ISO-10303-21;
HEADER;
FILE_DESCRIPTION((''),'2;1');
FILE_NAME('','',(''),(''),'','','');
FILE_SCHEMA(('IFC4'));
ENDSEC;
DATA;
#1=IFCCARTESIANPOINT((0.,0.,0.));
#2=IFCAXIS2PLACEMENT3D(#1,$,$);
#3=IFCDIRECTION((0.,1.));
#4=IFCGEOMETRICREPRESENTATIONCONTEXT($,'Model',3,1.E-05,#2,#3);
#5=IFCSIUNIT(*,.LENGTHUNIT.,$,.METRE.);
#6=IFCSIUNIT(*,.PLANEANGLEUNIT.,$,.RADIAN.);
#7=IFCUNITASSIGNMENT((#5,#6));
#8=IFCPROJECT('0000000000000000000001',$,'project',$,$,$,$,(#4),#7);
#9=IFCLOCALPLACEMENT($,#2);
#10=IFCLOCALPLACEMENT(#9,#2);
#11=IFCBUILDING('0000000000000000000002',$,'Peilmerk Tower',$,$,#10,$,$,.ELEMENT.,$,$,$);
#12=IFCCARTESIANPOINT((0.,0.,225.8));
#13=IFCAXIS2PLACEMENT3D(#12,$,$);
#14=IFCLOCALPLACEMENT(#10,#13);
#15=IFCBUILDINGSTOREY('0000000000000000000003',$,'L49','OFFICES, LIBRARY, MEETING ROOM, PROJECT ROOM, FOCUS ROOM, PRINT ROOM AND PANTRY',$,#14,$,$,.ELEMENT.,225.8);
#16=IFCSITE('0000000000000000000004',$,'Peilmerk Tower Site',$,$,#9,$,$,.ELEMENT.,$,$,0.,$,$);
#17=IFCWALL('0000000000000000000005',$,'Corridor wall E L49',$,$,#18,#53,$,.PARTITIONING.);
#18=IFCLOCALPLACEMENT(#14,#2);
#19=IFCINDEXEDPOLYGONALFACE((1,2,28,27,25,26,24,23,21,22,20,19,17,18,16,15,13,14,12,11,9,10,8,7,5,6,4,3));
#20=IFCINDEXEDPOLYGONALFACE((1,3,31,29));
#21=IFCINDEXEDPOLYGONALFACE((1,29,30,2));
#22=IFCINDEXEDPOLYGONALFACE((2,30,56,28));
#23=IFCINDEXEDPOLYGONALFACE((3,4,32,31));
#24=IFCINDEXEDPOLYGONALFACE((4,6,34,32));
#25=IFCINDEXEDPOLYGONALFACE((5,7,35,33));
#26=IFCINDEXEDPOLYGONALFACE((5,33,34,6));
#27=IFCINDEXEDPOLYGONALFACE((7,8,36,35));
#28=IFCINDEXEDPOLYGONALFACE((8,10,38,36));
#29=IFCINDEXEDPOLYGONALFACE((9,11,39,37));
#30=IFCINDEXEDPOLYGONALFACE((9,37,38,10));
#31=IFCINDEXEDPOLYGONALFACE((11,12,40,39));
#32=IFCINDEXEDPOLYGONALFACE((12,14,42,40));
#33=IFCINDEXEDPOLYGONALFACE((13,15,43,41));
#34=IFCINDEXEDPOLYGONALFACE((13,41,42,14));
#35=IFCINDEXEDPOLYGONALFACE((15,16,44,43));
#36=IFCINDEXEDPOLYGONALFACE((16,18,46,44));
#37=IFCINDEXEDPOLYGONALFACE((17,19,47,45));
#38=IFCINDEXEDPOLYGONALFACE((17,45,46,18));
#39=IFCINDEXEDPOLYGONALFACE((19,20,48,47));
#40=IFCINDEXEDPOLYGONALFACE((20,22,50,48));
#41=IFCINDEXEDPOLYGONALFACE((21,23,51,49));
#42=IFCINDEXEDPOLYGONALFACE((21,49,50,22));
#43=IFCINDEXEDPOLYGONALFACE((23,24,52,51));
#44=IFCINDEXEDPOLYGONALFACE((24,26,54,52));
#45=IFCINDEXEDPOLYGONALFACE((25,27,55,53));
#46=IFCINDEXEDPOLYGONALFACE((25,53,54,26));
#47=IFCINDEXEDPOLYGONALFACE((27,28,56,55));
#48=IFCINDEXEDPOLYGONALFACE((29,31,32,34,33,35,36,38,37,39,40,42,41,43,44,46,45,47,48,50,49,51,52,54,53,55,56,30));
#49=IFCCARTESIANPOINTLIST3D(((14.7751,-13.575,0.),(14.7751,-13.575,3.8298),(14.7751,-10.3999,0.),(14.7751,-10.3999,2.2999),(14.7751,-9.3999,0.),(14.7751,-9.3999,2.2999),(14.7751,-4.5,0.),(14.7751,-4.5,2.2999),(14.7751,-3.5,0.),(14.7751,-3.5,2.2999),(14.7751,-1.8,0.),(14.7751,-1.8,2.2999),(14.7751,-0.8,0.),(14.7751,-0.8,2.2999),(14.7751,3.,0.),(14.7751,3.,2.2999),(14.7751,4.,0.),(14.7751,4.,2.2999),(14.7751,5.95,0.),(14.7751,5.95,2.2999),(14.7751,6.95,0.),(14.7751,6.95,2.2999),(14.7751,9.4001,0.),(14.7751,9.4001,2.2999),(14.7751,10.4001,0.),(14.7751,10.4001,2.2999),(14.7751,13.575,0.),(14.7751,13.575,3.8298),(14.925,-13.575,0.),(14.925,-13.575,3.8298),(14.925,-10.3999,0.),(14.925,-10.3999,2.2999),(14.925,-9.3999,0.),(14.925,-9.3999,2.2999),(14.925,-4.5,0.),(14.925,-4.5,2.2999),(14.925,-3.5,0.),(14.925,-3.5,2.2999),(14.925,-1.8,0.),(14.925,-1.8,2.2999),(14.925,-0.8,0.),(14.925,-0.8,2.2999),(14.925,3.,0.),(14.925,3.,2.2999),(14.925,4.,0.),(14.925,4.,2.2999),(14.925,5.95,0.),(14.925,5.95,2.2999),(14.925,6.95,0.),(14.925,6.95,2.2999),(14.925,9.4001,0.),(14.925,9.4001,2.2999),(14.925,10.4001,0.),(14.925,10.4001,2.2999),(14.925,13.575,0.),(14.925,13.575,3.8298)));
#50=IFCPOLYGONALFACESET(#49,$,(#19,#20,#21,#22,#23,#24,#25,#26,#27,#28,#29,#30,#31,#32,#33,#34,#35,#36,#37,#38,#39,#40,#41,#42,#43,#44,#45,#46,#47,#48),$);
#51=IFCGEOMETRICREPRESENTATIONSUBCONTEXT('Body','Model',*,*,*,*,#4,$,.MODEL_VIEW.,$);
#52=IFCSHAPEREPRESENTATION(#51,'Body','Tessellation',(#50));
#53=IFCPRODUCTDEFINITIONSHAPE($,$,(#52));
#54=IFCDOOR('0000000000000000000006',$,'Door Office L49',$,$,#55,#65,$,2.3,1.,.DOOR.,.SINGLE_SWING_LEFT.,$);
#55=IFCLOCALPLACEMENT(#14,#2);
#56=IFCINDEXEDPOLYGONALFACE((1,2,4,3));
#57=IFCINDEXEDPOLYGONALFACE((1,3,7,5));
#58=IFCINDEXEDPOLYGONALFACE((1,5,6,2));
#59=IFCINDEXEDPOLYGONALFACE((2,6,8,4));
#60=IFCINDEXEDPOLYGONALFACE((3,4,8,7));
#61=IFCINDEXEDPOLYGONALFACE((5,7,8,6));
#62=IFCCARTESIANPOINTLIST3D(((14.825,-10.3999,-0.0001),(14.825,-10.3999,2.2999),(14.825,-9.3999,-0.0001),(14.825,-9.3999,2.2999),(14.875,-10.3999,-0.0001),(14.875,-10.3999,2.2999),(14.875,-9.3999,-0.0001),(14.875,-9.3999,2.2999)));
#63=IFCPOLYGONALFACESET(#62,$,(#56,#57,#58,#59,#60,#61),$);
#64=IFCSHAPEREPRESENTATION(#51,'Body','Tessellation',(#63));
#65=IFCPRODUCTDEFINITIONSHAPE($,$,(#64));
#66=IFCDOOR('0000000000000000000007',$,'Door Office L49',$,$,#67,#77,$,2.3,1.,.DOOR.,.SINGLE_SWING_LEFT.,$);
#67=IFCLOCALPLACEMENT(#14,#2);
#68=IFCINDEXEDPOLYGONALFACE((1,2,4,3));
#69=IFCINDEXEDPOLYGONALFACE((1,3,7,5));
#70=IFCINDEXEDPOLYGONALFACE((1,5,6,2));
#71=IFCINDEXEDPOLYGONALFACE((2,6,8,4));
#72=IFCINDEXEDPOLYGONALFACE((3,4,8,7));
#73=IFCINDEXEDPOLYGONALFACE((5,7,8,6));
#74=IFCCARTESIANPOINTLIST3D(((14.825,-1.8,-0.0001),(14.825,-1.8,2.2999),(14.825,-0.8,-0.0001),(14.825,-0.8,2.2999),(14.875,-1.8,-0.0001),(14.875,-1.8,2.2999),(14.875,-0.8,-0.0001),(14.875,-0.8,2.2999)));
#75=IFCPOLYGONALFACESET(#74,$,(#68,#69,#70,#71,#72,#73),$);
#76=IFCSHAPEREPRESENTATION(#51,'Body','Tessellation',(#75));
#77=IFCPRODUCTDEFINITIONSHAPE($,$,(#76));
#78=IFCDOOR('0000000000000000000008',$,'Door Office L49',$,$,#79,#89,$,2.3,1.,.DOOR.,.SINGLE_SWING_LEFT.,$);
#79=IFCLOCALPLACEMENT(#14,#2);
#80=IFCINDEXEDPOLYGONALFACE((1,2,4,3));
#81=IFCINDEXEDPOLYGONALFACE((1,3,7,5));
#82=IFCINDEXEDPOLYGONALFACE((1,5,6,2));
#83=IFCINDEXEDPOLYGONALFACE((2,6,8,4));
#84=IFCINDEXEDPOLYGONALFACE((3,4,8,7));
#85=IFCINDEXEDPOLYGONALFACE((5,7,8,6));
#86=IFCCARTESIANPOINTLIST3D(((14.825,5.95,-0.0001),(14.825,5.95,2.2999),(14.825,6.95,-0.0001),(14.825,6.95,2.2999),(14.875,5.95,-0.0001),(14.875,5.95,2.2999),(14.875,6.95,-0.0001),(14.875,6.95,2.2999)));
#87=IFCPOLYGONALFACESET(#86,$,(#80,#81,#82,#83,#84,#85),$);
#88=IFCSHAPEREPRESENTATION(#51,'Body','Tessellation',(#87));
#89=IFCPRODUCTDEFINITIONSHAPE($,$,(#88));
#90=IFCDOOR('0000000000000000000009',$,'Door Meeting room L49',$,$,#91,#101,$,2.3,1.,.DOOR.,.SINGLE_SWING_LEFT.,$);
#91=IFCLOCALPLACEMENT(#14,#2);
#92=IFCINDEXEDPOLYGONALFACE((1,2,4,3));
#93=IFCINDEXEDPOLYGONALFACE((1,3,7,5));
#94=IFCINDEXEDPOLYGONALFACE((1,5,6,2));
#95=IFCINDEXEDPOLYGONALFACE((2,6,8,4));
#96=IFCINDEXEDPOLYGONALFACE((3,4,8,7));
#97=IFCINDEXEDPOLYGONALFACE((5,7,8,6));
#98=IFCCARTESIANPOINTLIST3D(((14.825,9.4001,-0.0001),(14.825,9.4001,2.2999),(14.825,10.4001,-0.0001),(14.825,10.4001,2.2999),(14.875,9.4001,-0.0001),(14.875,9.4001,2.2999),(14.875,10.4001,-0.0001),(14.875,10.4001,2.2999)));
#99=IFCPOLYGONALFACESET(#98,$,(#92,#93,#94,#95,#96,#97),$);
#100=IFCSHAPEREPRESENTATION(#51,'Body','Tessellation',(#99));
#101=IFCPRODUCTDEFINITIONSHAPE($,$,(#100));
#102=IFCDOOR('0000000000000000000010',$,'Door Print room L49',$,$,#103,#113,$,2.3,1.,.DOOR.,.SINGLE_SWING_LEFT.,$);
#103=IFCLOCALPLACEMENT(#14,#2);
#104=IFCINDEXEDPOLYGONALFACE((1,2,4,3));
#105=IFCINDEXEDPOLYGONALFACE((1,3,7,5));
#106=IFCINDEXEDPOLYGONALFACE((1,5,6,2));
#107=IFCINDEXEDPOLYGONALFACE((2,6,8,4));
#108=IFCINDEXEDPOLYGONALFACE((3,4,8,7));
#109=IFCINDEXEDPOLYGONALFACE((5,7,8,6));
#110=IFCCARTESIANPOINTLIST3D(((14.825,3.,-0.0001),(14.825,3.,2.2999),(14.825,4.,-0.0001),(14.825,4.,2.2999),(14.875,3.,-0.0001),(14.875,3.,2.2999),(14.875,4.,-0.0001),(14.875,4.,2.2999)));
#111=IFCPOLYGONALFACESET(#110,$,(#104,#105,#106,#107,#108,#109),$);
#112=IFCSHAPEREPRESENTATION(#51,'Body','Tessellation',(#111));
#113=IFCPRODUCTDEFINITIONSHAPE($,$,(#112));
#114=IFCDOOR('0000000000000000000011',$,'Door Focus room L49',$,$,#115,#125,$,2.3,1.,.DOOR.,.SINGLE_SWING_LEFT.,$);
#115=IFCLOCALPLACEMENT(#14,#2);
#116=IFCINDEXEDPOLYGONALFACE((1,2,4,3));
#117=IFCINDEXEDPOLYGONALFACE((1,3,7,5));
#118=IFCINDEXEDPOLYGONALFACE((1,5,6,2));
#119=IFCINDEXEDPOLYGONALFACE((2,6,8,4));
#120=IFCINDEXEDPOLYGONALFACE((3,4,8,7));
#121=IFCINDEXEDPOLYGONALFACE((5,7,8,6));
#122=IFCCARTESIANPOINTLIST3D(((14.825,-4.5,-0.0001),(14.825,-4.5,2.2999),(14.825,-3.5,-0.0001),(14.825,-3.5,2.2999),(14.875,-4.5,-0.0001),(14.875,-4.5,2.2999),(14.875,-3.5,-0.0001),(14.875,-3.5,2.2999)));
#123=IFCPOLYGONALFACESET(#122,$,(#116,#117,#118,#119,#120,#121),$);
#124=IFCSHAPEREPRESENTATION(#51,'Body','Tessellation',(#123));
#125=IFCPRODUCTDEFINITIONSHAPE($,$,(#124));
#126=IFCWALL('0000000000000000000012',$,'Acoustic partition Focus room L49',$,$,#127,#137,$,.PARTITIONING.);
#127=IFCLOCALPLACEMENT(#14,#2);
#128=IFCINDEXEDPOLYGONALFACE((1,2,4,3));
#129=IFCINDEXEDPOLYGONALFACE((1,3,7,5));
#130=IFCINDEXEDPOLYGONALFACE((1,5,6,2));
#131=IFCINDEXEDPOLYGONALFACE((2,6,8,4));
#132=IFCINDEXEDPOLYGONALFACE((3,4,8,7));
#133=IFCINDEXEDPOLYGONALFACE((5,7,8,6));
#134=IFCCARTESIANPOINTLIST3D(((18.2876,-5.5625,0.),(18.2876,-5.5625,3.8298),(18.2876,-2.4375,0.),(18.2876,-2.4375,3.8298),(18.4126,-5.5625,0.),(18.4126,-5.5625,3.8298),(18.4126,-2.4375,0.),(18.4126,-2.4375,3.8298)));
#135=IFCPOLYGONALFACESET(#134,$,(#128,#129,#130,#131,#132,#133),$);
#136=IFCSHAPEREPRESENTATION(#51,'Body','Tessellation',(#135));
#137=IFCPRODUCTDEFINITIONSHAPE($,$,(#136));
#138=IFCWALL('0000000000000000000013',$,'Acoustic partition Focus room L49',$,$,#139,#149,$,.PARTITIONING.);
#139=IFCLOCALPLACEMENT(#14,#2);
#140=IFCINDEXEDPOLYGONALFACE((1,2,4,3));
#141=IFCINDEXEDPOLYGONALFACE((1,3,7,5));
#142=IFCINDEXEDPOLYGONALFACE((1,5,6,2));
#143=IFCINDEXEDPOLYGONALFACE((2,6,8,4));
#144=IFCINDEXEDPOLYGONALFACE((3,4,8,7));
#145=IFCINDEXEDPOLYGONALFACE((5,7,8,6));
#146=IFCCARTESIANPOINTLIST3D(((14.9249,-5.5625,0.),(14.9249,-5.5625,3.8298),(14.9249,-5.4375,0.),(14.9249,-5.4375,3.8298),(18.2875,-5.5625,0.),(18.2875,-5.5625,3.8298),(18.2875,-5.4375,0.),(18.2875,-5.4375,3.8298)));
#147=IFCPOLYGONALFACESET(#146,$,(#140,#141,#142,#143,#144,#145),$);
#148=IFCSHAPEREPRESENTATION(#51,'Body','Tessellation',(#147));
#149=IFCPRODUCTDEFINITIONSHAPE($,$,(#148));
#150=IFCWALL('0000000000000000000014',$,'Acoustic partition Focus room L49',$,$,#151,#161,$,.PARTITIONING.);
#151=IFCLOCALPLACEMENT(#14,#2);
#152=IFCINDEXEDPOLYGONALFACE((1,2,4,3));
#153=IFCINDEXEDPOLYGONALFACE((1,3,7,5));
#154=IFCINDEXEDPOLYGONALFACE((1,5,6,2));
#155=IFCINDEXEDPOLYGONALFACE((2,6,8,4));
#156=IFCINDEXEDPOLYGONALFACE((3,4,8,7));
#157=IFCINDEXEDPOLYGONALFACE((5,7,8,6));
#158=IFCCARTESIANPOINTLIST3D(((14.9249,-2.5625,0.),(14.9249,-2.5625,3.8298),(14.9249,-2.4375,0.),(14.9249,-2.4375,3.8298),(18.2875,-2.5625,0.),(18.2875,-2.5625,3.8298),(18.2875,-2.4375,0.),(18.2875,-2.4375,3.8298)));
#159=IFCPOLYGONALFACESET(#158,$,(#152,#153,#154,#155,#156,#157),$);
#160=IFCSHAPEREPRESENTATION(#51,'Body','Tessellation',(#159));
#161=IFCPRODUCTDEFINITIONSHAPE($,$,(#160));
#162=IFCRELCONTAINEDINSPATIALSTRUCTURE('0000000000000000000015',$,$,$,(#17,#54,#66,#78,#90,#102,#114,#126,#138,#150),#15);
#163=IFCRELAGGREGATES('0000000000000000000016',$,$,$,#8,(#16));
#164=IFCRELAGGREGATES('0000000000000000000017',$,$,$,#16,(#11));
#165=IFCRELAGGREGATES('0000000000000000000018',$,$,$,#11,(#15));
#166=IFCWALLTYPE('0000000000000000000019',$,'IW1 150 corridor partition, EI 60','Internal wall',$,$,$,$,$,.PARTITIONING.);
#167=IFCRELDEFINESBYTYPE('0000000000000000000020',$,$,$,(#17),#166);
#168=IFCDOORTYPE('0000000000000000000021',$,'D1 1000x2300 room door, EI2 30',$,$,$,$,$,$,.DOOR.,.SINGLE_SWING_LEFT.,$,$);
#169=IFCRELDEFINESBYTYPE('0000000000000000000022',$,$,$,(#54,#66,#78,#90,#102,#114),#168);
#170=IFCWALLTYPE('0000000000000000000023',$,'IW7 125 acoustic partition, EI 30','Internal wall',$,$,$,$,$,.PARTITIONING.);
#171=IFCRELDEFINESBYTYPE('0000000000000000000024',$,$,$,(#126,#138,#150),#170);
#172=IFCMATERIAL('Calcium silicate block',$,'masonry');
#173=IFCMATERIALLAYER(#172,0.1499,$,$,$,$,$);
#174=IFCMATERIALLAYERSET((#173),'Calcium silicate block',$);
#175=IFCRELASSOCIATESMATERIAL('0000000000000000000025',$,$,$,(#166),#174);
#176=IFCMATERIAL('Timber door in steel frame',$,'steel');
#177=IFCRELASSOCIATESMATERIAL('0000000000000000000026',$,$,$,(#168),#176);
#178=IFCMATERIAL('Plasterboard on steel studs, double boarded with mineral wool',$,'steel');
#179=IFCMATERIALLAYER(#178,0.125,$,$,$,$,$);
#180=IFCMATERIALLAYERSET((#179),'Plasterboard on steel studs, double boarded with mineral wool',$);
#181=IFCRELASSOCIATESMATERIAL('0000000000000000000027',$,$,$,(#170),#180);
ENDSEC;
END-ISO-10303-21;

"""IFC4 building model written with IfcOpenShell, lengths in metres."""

from ifc_helpers import new_model, si_unit, direction, frame, frame_2d, origin, place, context, subcontext, project, spatial, rectangle, extrude, material, layer, layer_set, type_object, element, fill, save


model = new_model("IFC4")

# Units and contexts
model_context = context("Model", 3, precision=1e-05, world=origin(), true_north=direction((0.0, 1.0)))
body_context = subcontext(model_context, "Body", "Model", "MODEL_VIEW")
ifc_project = project(units=[si_unit("LENGTHUNIT", "METRE"), si_unit("PLANEANGLEUNIT", "RADIAN")], contexts=[model_context])

# Site, building, storey
site_placement = place(None, origin())
site = spatial("IfcSite", under=ifc_project, at=site_placement, Name="Peilmerk Tower Site", CompositionType="ELEMENT", RefElevation=0.0)
building_placement = place(site_placement, origin())
building = spatial("IfcBuilding", under=site, at=building_placement, Name="Peilmerk Tower", CompositionType="ELEMENT")
storey_placement = place(building_placement, frame((0.0, 0.0, 225.8)))
storey = spatial("IfcBuildingStorey", under=building, at=storey_placement, Name="L49", Description="OFFICES, LIBRARY, MEETING ROOM, PROJECT ROOM, FOCUS ROOM, PRINT ROOM AND PANTRY", CompositionType="ELEMENT", Elevation=225.8)

# Wall, openings, doors
ifc_material_1 = material(Name="Calcium silicate block", Category="masonry")
ifc_layer_1 = layer(ifc_material_1, 0.1499)
ifc_layer_set_1 = layer_set([ifc_layer_1], Name="Calcium silicate block")
wall_type_1 = type_object("IfcWallType", Name="IW1 150 corridor partition, EI 60", Description="Internal wall", PredefinedType="PARTITIONING", material=ifc_layer_set_1)
wall_1_placement = place(storey_placement, frame((14.8501, -13.575, 0.0), z_axis=(0.0, 0.0, 1.0), x_axis=(0.0, 1.0, 0.0)))
wall_1 = element("IfcWall", 1, at=wall_1_placement, inside=storey, type_object=wall_type_1, Name="Corridor wall E L49", PredefinedType="PARTITIONING", context=body_context, shape_type="SweptSolid", body=[
    extrude(rectangle(XDim=27.1499, YDim=0.1499, at=frame_2d((13.575, 0.0))), origin(), (0.0, 0.0, 1.0), 3.8298),
])
opening_1_placement = place(wall_1_placement, frame((3.175, 0.0, 0.0)))
opening_1 = element("IfcOpeningElement", 2, at=opening_1_placement, cuts=wall_1, PredefinedType="OPENING", context=body_context, shape_type="SweptSolid", body=[
    extrude(rectangle(XDim=1.0, YDim=2.3, at=frame_2d((0.5, 1.1499))), frame((0.0, 0.085, 0.0), z_axis=(0.0, -1.0, 0.0), x_axis=(1.0, 0.0, 0.0)), (0.0, 0.0, 1.0), 0.1699),
])
opening_2_placement = place(wall_1_placement, frame((11.7749, 0.0, 0.0)))
opening_2 = element("IfcOpeningElement", 3, at=opening_2_placement, cuts=wall_1, PredefinedType="OPENING", context=body_context, shape_type="SweptSolid", body=[
    extrude(rectangle(XDim=1.0, YDim=2.3, at=frame_2d((0.5, 1.1499))), frame((0.0, 0.085, 0.0), z_axis=(0.0, -1.0, 0.0), x_axis=(1.0, 0.0, 0.0)), (0.0, 0.0, 1.0), 0.1699),
])
opening_3_placement = place(wall_1_placement, frame((19.5249, 0.0, 0.0)))
opening_3 = element("IfcOpeningElement", 4, at=opening_3_placement, cuts=wall_1, PredefinedType="OPENING", context=body_context, shape_type="SweptSolid", body=[
    extrude(rectangle(XDim=1.0, YDim=2.3, at=frame_2d((0.5, 1.1499))), frame((0.0, 0.085, 0.0), z_axis=(0.0, -1.0, 0.0), x_axis=(1.0, 0.0, 0.0)), (0.0, 0.0, 1.0), 0.1699),
])
opening_4_placement = place(wall_1_placement, frame((22.9751, 0.0, 0.0)))
opening_4 = element("IfcOpeningElement", 5, at=opening_4_placement, cuts=wall_1, PredefinedType="OPENING", context=body_context, shape_type="SweptSolid", body=[
    extrude(rectangle(XDim=1.0, YDim=2.3, at=frame_2d((0.5, 1.1499))), frame((0.0, 0.085, 0.0), z_axis=(0.0, -1.0, 0.0), x_axis=(1.0, 0.0, 0.0)), (0.0, 0.0, 1.0), 0.1699),
])
opening_5_placement = place(wall_1_placement, frame((16.575, 0.0, 0.0)))
opening_5 = element("IfcOpeningElement", 6, at=opening_5_placement, cuts=wall_1, PredefinedType="OPENING", context=body_context, shape_type="SweptSolid", body=[
    extrude(rectangle(XDim=1.0, YDim=2.3, at=frame_2d((0.5, 1.1499))), frame((0.0, 0.085, 0.0), z_axis=(0.0, -1.0, 0.0), x_axis=(1.0, 0.0, 0.0)), (0.0, 0.0, 1.0), 0.1699),
])
opening_6_placement = place(wall_1_placement, frame((9.075, 0.0, 0.0)))
opening_6 = element("IfcOpeningElement", 7, at=opening_6_placement, cuts=wall_1, PredefinedType="OPENING", context=body_context, shape_type="SweptSolid", body=[
    extrude(rectangle(XDim=1.0, YDim=2.3, at=frame_2d((0.5, 1.1499))), frame((0.0, 0.085, 0.0), z_axis=(0.0, -1.0, 0.0), x_axis=(1.0, 0.0, 0.0)), (0.0, 0.0, 1.0), 0.1699),
])
ifc_material_2 = material(Name="Timber door in steel frame", Category="steel")
door_type = type_object("IfcDoorType", Name="D1 1000x2300 room door, EI2 30", OperationType="SINGLE_SWING_LEFT", PredefinedType="DOOR", material=ifc_material_2)
door_1_placement = place(opening_1_placement, frame((1.0, 0.0, 0.0), z_axis=(0.0, 0.0, 1.0), x_axis=(-1.0, 0.0, 0.0)))
door_1 = element("IfcDoor", 8, at=door_1_placement, inside=storey, type_object=door_type, Name="Door Office L49", OperationType="SINGLE_SWING_LEFT", OverallHeight=2.3, OverallWidth=1.0, PredefinedType="DOOR", context=body_context, shape_type="SweptSolid", body=[
    extrude(rectangle(XDim=1.0, YDim=2.3, at=frame_2d((0.5, 1.1499))), frame((0.0, 0.0249, 0.0), z_axis=(0.0, -1.0, 0.0), x_axis=(1.0, 0.0, 0.0)), (0.0, 0.0, 1.0), 0.05),
])
fill(opening_1, door_1)
door_2_placement = place(opening_2_placement, frame((1.0, 0.0, 0.0), z_axis=(0.0, 0.0, 1.0), x_axis=(-1.0, 0.0, 0.0)))
door_2 = element("IfcDoor", 9, at=door_2_placement, inside=storey, type_object=door_type, Name="Door Office L49", OperationType="SINGLE_SWING_LEFT", OverallHeight=2.3, OverallWidth=1.0, PredefinedType="DOOR", context=body_context, shape_type="SweptSolid", body=[
    extrude(rectangle(XDim=1.0, YDim=2.3, at=frame_2d((0.5, 1.1499))), frame((0.0, 0.0249, 0.0), z_axis=(0.0, -1.0, 0.0), x_axis=(1.0, 0.0, 0.0)), (0.0, 0.0, 1.0), 0.05),
])
fill(opening_2, door_2)
door_3_placement = place(opening_3_placement, frame((1.0, 0.0, 0.0), z_axis=(0.0, 0.0, 1.0), x_axis=(-1.0, 0.0, 0.0)))
door_3 = element("IfcDoor", 10, at=door_3_placement, inside=storey, type_object=door_type, Name="Door Office L49", OperationType="SINGLE_SWING_LEFT", OverallHeight=2.3, OverallWidth=1.0, PredefinedType="DOOR", context=body_context, shape_type="SweptSolid", body=[
    extrude(rectangle(XDim=1.0, YDim=2.3, at=frame_2d((0.5, 1.1499))), frame((0.0, 0.0249, 0.0), z_axis=(0.0, -1.0, 0.0), x_axis=(1.0, 0.0, 0.0)), (0.0, 0.0, 1.0), 0.05),
])
fill(opening_3, door_3)
door_4_placement = place(opening_4_placement, frame((1.0, 0.0, 0.0), z_axis=(0.0, 0.0, 1.0), x_axis=(-1.0, 0.0, 0.0)))
door_4 = element("IfcDoor", 11, at=door_4_placement, inside=storey, type_object=door_type, Name="Door Meeting room L49", OperationType="SINGLE_SWING_LEFT", OverallHeight=2.3, OverallWidth=1.0, PredefinedType="DOOR", context=body_context, shape_type="SweptSolid", body=[
    extrude(rectangle(XDim=1.0, YDim=2.3, at=frame_2d((0.5, 1.1499))), frame((0.0, 0.0249, 0.0), z_axis=(0.0, -1.0, 0.0), x_axis=(1.0, 0.0, 0.0)), (0.0, 0.0, 1.0), 0.05),
])
fill(opening_4, door_4)
door_5_placement = place(opening_5_placement, frame((1.0, 0.0, 0.0), z_axis=(0.0, 0.0, 1.0), x_axis=(-1.0, 0.0, 0.0)))
door_5 = element("IfcDoor", 12, at=door_5_placement, inside=storey, type_object=door_type, Name="Door Print room L49", OperationType="SINGLE_SWING_LEFT", OverallHeight=2.3, OverallWidth=1.0, PredefinedType="DOOR", context=body_context, shape_type="SweptSolid", body=[
    extrude(rectangle(XDim=1.0, YDim=2.3, at=frame_2d((0.5, 1.1499))), frame((0.0, 0.0249, 0.0), z_axis=(0.0, -1.0, 0.0), x_axis=(1.0, 0.0, 0.0)), (0.0, 0.0, 1.0), 0.05),
])
fill(opening_5, door_5)
door_6_placement = place(opening_6_placement, frame((1.0, 0.0, 0.0), z_axis=(0.0, 0.0, 1.0), x_axis=(-1.0, 0.0, 0.0)))
door_6 = element("IfcDoor", 13, at=door_6_placement, inside=storey, type_object=door_type, Name="Door Focus room L49", OperationType="SINGLE_SWING_LEFT", OverallHeight=2.3, OverallWidth=1.0, PredefinedType="DOOR", context=body_context, shape_type="SweptSolid", body=[
    extrude(rectangle(XDim=1.0, YDim=2.3, at=frame_2d((0.5, 1.1499))), frame((0.0, 0.0249, 0.0), z_axis=(0.0, -1.0, 0.0), x_axis=(1.0, 0.0, 0.0)), (0.0, 0.0, 1.0), 0.05),
])
fill(opening_6, door_6)

# Walls
ifc_material_3 = material(Name="Plasterboard on steel studs, double boarded with mineral wool", Category="steel")
ifc_layer_2 = layer(ifc_material_3, 0.125)
ifc_layer_set_2 = layer_set([ifc_layer_2], Name="Plasterboard on steel studs, double boarded with mineral wool")
wall_type_2 = type_object("IfcWallType", Name="IW7 125 acoustic partition, EI 30", Description="Internal wall", PredefinedType="PARTITIONING", material=ifc_layer_set_2)
wall_2_placement = place(storey_placement, frame((18.3501, -5.5625, 0.0), z_axis=(0.0, 0.0, 1.0), x_axis=(0.0, 1.0, 0.0)))
element("IfcWall", 14, at=wall_2_placement, inside=storey, type_object=wall_type_2, Name="Acoustic partition Focus room L49", PredefinedType="PARTITIONING", context=body_context, shape_type="SweptSolid", body=[
    extrude(rectangle(XDim=3.125, YDim=0.125, at=frame_2d((1.5625, 0.0))), origin(), (0.0, 0.0, 1.0), 3.8298),
])
for number, where, z_axis, x_axis, name in (
    (15, (14.925, -5.5, 0.0), (0.0, 0.0, 1.0), (1.0, 0.0, 0.0), "Acoustic partition Focus room L49"),
    (16, (14.925, -2.5, 0.0), (0.0, 0.0, 1.0), (1.0, 0.0, 0.0), "Acoustic partition Focus room L49"),
):
    element("IfcWall", number, at=place(storey_placement, frame(where, z_axis=z_axis, x_axis=x_axis)), inside=storey, type_object=wall_type_2, Name=name, PredefinedType="PARTITIONING", context=body_context, shape_type="SweptSolid", body=[
        extrude(rectangle(XDim=3.3625, YDim=0.125, at=frame_2d((1.6812, 0.0))), origin(), (0.0, 0.0, 1.0), 3.8298),
    ])

save(model, "model.ifc")
